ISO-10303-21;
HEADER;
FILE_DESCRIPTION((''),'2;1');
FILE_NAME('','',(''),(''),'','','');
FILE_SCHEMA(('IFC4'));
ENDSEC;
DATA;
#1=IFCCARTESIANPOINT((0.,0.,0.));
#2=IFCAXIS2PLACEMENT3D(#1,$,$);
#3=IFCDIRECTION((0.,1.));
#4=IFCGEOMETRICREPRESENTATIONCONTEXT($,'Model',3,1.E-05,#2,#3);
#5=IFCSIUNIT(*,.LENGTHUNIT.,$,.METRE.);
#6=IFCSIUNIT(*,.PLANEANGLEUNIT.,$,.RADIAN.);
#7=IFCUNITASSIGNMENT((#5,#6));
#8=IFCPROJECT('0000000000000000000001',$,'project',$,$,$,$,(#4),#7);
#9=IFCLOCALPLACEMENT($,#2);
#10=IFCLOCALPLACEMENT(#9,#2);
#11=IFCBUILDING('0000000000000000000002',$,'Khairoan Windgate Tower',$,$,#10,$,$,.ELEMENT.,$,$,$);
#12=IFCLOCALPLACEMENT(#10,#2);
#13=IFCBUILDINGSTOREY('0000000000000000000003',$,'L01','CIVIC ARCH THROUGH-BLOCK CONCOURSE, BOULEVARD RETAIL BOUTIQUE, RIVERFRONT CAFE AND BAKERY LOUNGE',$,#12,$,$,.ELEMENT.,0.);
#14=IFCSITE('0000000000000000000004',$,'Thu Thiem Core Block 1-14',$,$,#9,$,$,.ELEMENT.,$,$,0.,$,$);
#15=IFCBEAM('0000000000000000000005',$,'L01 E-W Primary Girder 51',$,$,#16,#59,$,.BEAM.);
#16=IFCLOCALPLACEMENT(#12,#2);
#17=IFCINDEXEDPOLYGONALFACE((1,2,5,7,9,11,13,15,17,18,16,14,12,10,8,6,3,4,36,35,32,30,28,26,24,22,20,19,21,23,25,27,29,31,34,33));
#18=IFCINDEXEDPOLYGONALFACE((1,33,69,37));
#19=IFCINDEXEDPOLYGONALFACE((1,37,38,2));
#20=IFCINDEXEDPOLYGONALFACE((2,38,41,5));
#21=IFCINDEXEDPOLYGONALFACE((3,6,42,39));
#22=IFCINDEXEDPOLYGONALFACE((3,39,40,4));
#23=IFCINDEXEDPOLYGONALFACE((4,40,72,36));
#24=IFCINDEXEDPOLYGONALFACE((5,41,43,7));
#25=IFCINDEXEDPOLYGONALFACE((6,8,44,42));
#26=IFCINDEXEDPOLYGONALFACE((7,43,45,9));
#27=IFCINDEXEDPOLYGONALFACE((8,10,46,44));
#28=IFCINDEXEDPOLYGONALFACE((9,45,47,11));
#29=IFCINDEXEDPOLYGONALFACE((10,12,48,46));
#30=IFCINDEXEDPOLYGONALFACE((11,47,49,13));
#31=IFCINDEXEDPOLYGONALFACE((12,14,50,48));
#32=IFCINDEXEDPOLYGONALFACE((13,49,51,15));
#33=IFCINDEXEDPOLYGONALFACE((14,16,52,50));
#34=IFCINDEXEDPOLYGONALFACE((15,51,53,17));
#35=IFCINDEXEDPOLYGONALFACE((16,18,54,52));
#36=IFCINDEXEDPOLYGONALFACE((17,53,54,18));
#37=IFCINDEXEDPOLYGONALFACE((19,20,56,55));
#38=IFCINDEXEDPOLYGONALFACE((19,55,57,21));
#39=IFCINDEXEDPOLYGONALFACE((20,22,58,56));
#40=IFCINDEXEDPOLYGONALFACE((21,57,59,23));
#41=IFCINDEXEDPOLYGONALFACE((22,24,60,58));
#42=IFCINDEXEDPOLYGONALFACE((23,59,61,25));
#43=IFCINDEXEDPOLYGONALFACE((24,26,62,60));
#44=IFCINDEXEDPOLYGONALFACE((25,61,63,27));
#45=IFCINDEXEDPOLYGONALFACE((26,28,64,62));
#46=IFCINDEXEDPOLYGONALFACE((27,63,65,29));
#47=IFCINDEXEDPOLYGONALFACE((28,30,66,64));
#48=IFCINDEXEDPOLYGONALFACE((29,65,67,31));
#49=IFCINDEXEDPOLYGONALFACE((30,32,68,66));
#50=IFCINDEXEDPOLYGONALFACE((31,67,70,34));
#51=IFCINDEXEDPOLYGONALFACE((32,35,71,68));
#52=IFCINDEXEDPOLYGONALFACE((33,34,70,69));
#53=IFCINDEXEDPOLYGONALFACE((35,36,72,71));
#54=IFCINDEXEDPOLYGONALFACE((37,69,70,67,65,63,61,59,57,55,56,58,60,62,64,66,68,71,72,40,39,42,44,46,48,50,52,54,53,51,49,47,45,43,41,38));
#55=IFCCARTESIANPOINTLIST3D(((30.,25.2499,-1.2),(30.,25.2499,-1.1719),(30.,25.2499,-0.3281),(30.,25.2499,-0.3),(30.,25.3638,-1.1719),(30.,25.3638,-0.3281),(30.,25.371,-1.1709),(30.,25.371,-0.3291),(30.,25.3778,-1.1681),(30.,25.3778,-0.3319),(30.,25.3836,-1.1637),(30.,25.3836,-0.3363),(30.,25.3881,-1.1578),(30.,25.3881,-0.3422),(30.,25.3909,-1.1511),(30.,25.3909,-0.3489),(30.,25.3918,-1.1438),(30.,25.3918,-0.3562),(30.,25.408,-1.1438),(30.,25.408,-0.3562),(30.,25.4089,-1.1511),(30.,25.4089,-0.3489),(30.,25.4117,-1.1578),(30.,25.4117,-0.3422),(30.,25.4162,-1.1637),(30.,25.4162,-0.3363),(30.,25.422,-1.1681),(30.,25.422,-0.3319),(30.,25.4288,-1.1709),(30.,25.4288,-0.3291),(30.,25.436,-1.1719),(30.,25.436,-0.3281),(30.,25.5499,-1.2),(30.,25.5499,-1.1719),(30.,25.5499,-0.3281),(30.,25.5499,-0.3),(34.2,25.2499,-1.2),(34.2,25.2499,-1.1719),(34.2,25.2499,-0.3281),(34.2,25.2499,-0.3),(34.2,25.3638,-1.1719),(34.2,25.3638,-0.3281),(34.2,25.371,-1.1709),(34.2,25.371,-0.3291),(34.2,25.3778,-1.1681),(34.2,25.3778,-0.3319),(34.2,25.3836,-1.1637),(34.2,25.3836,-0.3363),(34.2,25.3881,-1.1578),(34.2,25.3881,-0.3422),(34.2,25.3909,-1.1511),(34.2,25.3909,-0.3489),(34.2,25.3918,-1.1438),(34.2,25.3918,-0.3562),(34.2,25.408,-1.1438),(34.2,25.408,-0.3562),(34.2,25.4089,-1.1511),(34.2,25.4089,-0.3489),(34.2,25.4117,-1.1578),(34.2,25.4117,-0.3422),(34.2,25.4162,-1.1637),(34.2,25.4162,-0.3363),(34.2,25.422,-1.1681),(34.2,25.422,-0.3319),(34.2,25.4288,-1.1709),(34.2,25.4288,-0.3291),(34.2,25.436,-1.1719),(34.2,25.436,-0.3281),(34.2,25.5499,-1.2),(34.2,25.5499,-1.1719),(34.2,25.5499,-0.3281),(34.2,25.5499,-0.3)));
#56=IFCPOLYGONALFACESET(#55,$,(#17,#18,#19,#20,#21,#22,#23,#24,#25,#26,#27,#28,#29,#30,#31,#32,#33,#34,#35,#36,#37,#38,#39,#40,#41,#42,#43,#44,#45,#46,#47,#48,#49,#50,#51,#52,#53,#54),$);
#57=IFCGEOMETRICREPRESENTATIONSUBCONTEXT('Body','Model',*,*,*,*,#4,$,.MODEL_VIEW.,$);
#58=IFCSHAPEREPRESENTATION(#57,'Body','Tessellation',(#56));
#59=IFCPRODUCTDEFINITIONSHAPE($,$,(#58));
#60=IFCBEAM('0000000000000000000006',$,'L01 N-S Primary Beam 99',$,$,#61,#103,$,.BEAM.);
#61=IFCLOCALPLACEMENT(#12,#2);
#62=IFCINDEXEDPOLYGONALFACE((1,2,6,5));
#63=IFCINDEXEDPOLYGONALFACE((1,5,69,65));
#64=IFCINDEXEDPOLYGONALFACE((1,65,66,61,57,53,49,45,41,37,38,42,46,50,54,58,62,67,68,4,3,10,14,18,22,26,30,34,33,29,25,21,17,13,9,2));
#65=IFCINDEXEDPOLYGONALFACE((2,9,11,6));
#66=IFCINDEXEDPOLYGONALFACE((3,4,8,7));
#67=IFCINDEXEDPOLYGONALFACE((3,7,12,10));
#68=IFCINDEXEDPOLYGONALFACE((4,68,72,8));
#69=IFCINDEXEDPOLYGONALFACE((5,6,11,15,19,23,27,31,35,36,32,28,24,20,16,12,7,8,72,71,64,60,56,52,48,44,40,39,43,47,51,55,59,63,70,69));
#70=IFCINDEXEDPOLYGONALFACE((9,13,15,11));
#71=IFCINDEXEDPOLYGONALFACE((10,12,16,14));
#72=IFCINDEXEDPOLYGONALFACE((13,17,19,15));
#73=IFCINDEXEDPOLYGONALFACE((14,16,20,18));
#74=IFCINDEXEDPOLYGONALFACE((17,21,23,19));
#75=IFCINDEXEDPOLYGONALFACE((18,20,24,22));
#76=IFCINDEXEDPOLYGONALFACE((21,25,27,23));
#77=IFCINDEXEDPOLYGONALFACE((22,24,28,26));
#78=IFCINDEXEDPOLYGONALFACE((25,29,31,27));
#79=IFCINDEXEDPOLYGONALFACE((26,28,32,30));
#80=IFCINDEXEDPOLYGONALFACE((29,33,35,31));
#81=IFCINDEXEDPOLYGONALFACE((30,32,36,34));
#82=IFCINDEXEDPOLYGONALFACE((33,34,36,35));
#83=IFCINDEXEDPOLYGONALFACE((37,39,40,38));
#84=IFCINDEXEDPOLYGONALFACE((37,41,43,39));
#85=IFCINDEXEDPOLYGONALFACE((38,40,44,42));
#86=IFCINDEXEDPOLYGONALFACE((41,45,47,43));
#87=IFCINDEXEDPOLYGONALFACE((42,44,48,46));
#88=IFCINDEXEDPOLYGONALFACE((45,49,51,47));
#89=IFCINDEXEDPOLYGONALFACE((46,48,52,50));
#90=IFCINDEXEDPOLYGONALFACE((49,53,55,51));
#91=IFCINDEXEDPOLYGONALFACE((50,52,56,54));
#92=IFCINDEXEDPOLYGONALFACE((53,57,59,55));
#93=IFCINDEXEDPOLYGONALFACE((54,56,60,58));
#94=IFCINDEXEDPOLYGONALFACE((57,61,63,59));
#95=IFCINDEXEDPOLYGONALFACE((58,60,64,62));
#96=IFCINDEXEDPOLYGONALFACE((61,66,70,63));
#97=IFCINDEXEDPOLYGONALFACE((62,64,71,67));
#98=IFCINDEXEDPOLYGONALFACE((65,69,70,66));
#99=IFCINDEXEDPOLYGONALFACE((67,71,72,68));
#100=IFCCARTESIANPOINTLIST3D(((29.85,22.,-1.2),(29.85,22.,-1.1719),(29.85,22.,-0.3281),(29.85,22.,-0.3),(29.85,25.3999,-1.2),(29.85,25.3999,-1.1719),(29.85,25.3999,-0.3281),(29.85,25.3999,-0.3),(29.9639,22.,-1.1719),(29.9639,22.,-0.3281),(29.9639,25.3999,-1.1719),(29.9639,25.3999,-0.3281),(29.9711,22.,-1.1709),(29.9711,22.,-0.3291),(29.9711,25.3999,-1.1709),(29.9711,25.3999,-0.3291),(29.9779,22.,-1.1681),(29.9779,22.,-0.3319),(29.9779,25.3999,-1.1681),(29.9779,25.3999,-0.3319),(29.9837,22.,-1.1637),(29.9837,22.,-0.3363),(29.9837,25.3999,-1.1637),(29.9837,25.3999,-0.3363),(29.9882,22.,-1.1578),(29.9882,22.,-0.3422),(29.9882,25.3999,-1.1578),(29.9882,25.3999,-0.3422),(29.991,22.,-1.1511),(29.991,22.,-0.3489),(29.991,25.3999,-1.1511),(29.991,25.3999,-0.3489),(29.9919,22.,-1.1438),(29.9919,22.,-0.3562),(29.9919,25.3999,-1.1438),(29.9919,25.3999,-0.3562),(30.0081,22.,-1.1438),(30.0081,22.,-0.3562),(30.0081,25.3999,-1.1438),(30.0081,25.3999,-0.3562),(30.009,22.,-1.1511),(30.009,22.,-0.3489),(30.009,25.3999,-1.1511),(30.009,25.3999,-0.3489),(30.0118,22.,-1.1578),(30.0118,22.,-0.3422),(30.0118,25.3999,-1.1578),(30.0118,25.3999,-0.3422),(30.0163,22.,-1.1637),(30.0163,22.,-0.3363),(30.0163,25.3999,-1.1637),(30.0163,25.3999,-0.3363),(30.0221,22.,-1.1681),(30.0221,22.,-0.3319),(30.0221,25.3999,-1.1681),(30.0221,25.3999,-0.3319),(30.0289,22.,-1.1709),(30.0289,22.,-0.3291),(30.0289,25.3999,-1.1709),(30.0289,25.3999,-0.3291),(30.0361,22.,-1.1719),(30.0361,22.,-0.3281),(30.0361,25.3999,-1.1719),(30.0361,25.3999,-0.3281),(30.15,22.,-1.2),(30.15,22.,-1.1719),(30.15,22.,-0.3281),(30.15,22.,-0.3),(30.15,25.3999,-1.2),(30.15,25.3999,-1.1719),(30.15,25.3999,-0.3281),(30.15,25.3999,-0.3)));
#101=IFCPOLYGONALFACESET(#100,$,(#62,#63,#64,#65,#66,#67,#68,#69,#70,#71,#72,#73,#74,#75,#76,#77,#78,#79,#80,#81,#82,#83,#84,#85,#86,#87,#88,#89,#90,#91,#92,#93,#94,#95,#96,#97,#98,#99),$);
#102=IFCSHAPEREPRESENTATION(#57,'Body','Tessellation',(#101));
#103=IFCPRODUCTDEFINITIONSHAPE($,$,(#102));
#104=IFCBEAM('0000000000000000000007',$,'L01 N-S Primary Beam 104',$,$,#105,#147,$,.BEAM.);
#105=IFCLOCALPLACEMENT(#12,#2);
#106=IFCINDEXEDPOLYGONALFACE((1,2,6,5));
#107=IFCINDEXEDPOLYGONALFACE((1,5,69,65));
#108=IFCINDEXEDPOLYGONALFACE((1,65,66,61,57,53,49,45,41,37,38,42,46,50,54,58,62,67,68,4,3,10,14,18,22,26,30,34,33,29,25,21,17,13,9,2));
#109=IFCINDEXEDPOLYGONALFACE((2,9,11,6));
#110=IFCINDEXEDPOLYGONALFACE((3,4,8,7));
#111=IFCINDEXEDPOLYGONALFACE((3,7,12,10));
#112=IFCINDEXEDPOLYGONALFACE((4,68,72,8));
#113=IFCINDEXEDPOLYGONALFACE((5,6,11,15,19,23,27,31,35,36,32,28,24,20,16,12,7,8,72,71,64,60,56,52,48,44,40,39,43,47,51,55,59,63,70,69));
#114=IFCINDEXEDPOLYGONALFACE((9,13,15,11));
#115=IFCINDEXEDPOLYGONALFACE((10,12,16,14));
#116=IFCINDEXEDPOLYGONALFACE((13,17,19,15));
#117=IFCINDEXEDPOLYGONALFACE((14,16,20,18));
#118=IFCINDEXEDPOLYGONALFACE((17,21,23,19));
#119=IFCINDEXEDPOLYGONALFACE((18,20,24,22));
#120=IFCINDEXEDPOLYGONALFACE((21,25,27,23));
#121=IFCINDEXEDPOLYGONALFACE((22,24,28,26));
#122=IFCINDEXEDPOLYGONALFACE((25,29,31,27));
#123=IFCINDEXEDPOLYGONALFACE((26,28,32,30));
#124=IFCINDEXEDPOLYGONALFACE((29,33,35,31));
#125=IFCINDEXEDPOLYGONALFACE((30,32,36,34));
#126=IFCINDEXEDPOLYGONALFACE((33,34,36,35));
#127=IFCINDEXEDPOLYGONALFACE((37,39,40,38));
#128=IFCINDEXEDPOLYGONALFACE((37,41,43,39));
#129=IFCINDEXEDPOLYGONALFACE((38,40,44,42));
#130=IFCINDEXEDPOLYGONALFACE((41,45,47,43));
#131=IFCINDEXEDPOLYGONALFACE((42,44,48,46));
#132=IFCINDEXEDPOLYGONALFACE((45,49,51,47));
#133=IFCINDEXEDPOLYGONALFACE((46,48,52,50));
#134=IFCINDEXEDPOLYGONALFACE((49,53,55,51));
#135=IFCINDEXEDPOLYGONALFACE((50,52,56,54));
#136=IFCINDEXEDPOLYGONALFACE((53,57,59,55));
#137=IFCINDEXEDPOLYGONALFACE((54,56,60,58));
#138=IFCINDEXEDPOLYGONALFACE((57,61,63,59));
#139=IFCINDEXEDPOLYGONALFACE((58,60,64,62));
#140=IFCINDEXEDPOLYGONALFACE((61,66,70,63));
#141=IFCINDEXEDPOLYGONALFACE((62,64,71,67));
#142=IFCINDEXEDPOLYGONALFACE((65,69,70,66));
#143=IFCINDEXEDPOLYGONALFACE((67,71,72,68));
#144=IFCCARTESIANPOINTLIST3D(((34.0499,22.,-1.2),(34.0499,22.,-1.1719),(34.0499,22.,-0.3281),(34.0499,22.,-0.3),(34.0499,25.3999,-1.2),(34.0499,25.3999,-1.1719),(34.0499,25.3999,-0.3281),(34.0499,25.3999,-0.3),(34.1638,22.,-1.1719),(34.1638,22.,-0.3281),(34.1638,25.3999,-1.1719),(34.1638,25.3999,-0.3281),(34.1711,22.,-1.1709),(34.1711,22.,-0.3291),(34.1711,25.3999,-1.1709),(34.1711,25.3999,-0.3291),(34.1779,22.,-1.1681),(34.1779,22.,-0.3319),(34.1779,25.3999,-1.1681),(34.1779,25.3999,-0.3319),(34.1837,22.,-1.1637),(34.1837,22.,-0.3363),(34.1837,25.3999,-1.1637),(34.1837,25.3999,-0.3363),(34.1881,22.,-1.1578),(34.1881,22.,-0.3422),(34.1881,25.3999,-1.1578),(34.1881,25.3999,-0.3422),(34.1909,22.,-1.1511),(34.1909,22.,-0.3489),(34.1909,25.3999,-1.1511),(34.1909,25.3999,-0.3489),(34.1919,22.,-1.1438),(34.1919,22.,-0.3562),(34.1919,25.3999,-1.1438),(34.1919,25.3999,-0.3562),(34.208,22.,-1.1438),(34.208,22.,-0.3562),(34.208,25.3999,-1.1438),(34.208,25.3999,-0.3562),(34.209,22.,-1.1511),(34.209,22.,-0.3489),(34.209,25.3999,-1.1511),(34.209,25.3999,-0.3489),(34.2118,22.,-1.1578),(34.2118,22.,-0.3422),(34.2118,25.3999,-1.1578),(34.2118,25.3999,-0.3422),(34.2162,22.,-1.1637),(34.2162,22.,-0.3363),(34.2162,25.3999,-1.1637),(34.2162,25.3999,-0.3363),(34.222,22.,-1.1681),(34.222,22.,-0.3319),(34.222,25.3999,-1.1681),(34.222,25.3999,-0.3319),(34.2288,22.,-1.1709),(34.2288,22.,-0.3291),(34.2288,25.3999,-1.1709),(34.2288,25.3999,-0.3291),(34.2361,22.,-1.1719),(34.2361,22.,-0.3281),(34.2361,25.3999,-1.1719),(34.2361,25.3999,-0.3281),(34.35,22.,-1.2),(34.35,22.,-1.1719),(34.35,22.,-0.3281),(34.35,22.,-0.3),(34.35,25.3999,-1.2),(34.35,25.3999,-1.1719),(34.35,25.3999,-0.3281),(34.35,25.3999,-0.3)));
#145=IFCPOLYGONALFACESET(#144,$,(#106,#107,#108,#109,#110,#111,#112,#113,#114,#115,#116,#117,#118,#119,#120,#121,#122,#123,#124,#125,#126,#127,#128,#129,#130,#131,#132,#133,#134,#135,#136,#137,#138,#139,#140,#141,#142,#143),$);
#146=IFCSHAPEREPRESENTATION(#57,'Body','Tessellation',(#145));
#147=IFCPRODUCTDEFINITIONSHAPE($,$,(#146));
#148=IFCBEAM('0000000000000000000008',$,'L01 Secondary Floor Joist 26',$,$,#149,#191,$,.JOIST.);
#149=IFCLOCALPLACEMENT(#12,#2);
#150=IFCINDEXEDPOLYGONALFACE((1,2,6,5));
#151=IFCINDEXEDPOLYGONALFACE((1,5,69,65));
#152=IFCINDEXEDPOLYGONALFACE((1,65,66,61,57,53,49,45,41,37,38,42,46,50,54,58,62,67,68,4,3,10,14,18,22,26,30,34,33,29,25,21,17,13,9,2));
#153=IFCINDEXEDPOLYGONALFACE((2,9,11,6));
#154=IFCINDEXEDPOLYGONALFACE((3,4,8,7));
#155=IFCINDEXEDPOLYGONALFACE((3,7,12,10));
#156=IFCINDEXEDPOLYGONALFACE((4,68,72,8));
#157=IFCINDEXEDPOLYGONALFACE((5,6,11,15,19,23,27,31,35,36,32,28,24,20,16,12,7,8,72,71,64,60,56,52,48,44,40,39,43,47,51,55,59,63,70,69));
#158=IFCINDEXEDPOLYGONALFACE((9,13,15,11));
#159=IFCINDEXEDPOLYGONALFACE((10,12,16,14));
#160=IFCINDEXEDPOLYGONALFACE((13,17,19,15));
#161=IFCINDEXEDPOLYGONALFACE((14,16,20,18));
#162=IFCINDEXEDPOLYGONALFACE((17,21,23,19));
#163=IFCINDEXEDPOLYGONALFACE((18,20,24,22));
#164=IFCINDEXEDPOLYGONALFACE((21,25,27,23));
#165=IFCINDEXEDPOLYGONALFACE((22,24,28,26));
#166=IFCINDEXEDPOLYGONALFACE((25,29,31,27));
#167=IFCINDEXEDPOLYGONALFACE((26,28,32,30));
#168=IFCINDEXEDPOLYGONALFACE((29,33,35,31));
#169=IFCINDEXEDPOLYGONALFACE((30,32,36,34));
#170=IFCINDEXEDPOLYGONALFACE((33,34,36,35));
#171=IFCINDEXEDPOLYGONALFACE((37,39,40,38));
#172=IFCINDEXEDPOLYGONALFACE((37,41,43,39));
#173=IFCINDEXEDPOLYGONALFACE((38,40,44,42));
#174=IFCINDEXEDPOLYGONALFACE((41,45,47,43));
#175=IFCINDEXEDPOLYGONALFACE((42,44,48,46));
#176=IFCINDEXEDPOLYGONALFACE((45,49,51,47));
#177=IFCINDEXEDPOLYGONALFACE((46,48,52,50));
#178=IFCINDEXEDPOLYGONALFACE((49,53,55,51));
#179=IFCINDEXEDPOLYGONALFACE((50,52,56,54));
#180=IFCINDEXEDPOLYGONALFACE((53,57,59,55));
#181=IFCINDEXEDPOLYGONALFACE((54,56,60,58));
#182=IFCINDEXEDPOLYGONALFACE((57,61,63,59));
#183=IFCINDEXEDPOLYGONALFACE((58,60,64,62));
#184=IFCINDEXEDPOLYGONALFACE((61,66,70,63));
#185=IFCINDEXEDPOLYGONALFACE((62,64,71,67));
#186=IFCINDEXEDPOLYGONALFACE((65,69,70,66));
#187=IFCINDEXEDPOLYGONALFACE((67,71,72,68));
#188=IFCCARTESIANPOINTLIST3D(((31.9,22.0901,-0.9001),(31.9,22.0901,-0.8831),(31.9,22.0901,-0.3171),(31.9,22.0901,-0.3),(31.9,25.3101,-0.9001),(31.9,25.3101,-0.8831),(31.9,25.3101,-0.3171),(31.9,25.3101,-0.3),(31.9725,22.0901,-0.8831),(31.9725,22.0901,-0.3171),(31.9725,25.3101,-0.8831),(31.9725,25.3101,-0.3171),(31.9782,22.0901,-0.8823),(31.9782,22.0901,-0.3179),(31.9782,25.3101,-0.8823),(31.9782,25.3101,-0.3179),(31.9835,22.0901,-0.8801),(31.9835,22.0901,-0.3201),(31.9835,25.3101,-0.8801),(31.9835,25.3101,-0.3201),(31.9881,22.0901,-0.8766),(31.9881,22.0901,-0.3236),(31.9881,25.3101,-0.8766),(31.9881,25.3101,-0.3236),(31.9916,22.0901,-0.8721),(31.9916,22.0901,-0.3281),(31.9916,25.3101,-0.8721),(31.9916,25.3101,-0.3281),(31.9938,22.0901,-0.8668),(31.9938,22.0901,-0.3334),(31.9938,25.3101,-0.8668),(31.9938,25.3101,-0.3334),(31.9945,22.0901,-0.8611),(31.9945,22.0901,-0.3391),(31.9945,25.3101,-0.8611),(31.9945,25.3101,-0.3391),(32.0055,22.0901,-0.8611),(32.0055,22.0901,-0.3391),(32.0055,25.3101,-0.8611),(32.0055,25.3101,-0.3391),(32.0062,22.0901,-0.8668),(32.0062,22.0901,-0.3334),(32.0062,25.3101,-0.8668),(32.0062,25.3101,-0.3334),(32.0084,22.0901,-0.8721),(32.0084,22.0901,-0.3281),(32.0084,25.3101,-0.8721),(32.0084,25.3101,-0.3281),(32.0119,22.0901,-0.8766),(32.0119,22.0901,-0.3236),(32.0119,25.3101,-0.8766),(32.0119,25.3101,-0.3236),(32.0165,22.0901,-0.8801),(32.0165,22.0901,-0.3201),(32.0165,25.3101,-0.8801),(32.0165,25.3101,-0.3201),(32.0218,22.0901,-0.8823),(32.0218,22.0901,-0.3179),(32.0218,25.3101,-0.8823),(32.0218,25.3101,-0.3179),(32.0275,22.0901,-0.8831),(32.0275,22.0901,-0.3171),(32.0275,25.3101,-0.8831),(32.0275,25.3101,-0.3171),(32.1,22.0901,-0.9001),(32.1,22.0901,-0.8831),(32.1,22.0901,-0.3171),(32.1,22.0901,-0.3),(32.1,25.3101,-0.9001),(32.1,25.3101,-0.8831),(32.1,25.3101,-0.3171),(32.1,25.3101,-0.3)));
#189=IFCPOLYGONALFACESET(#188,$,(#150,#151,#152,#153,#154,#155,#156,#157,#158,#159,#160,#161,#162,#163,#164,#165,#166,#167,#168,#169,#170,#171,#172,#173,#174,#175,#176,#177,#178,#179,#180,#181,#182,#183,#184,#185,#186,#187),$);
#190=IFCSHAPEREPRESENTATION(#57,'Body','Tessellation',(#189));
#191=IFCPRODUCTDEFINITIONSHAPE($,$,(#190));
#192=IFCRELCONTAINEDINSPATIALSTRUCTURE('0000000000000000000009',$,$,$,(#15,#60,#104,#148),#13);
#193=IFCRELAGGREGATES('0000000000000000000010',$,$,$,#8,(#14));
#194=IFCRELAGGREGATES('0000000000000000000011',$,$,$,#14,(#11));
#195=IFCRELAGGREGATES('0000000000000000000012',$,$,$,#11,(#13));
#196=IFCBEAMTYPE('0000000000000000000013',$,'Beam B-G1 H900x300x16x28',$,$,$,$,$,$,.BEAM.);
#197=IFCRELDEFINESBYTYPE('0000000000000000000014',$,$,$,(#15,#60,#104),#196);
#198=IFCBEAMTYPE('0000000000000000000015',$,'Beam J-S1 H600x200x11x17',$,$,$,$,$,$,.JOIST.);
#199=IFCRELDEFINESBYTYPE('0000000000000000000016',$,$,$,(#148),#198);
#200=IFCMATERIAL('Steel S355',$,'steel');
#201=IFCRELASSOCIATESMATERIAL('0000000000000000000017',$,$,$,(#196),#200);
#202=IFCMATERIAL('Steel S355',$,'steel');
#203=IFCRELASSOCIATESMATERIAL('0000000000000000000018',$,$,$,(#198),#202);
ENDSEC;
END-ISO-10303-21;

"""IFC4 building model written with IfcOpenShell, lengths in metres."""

from ifc_helpers import new_model, si_unit, direction, frame, origin, origin_2d, place, context, subcontext, project, spatial, i_section, extrude, material, material_profile, profile_set, type_object, element, save


model = new_model("IFC4")

# Units and contexts
model_context = context("Model", 3, precision=1e-05, world=origin(), true_north=direction((0.0, 1.0)))
body_context = subcontext(model_context, "Body", "Model", "MODEL_VIEW")
ifc_project = project(units=[si_unit("LENGTHUNIT", "METRE"), si_unit("PLANEANGLEUNIT", "RADIAN")], contexts=[model_context])

# Site, building, storey
site_placement = place(None, origin())
site = spatial("IfcSite", under=ifc_project, at=site_placement, Name="Thu Thiem Core Block 1-14", CompositionType="ELEMENT", RefElevation=0.0)
building_placement = place(site_placement, origin())
building = spatial("IfcBuilding", under=site, at=building_placement, Name="Khairoan Windgate Tower", CompositionType="ELEMENT")
storey_placement = place(building_placement, origin())
storey = spatial("IfcBuildingStorey", under=building, at=storey_placement, Name="L01", Description="CIVIC ARCH THROUGH-BLOCK CONCOURSE, BOULEVARD RETAIL BOUTIQUE, RIVERFRONT CAFE AND BAKERY LOUNGE", CompositionType="ELEMENT", Elevation=0.0)

# Beams
ifc_material_1 = material(Name="Steel S355", Category="steel")
ifc_material_profile_1 = material_profile(ifc_material_1, i_section(OverallWidth=0.3, OverallDepth=0.8999, WebThickness=0.0161, FlangeThickness=0.0281, FilletRadius=0.0281, at=origin_2d()))
ifc_profile_set_1 = profile_set([ifc_material_profile_1], Name="Steel S355")
beam_type_1 = type_object("IfcBeamType", Name="Beam B-G1 H900x300x16x28", PredefinedType="BEAM", material=ifc_profile_set_1)
for number, where, z_axis, x_axis, name in (
    (1, (30.0, 25.3999, -0.75), (1.0, 0.0, 0.0), (0.0, 1.0, 0.0), "L01 E-W Primary Girder 51"),
):
    element("IfcBeam", number, at=place(storey_placement, frame(where, z_axis=z_axis, x_axis=x_axis)), inside=storey, type_object=beam_type_1, Name=name, PredefinedType="BEAM", context=body_context, shape_type="SweptSolid", body=[
        extrude(i_section(OverallWidth=0.3, OverallDepth=0.8999, WebThickness=0.0161, FlangeThickness=0.0281, FilletRadius=0.0281, at=origin_2d()), origin(), (0.0, 0.0, 1.0), 4.2),
    ])
for number, where, z_axis, x_axis, name in (
    (2, (30.0, 22.0, -0.75), (0.0, 1.0, 0.0), (-1.0, 0.0, 0.0), "L01 N-S Primary Beam 99"),
    (3, (34.2, 22.0, -0.75), (0.0, 1.0, 0.0), (-1.0, 0.0, 0.0), "L01 N-S Primary Beam 104"),
):
    element("IfcBeam", number, at=place(storey_placement, frame(where, z_axis=z_axis, x_axis=x_axis)), inside=storey, type_object=beam_type_1, Name=name, PredefinedType="BEAM", context=body_context, shape_type="SweptSolid", body=[
        extrude(i_section(OverallWidth=0.3, OverallDepth=0.8999, WebThickness=0.0161, FlangeThickness=0.0281, FilletRadius=0.0281, at=origin_2d()), origin(), (0.0, 0.0, 1.0), 3.3999),
    ])
ifc_material_2 = material(Name="Steel S355", Category="steel")
ifc_material_profile_2 = material_profile(ifc_material_2, i_section(OverallWidth=0.2, OverallDepth=0.6001, WebThickness=0.011, FlangeThickness=0.0171, FilletRadius=0.022, at=origin_2d()))
ifc_profile_set_2 = profile_set([ifc_material_profile_2], Name="Steel S355")
beam_type_2 = type_object("IfcBeamType", Name="Beam J-S1 H600x200x11x17", PredefinedType="JOIST", material=ifc_profile_set_2)
beam_placement = place(storey_placement, frame((32.0, 22.0901, -0.6001), z_axis=(0.0, 1.0, 0.0), x_axis=(-1.0, 0.0, 0.0)))
element("IfcBeam", 4, at=beam_placement, inside=storey, type_object=beam_type_2, Name="L01 Secondary Floor Joist 26", PredefinedType="JOIST", context=body_context, shape_type="SweptSolid", body=[
    extrude(i_section(OverallWidth=0.2, OverallDepth=0.6001, WebThickness=0.011, FlangeThickness=0.0171, FilletRadius=0.022, at=origin_2d()), origin(), (0.0, 0.0, 1.0), 3.22),
])

save(model, "model.ifc")
